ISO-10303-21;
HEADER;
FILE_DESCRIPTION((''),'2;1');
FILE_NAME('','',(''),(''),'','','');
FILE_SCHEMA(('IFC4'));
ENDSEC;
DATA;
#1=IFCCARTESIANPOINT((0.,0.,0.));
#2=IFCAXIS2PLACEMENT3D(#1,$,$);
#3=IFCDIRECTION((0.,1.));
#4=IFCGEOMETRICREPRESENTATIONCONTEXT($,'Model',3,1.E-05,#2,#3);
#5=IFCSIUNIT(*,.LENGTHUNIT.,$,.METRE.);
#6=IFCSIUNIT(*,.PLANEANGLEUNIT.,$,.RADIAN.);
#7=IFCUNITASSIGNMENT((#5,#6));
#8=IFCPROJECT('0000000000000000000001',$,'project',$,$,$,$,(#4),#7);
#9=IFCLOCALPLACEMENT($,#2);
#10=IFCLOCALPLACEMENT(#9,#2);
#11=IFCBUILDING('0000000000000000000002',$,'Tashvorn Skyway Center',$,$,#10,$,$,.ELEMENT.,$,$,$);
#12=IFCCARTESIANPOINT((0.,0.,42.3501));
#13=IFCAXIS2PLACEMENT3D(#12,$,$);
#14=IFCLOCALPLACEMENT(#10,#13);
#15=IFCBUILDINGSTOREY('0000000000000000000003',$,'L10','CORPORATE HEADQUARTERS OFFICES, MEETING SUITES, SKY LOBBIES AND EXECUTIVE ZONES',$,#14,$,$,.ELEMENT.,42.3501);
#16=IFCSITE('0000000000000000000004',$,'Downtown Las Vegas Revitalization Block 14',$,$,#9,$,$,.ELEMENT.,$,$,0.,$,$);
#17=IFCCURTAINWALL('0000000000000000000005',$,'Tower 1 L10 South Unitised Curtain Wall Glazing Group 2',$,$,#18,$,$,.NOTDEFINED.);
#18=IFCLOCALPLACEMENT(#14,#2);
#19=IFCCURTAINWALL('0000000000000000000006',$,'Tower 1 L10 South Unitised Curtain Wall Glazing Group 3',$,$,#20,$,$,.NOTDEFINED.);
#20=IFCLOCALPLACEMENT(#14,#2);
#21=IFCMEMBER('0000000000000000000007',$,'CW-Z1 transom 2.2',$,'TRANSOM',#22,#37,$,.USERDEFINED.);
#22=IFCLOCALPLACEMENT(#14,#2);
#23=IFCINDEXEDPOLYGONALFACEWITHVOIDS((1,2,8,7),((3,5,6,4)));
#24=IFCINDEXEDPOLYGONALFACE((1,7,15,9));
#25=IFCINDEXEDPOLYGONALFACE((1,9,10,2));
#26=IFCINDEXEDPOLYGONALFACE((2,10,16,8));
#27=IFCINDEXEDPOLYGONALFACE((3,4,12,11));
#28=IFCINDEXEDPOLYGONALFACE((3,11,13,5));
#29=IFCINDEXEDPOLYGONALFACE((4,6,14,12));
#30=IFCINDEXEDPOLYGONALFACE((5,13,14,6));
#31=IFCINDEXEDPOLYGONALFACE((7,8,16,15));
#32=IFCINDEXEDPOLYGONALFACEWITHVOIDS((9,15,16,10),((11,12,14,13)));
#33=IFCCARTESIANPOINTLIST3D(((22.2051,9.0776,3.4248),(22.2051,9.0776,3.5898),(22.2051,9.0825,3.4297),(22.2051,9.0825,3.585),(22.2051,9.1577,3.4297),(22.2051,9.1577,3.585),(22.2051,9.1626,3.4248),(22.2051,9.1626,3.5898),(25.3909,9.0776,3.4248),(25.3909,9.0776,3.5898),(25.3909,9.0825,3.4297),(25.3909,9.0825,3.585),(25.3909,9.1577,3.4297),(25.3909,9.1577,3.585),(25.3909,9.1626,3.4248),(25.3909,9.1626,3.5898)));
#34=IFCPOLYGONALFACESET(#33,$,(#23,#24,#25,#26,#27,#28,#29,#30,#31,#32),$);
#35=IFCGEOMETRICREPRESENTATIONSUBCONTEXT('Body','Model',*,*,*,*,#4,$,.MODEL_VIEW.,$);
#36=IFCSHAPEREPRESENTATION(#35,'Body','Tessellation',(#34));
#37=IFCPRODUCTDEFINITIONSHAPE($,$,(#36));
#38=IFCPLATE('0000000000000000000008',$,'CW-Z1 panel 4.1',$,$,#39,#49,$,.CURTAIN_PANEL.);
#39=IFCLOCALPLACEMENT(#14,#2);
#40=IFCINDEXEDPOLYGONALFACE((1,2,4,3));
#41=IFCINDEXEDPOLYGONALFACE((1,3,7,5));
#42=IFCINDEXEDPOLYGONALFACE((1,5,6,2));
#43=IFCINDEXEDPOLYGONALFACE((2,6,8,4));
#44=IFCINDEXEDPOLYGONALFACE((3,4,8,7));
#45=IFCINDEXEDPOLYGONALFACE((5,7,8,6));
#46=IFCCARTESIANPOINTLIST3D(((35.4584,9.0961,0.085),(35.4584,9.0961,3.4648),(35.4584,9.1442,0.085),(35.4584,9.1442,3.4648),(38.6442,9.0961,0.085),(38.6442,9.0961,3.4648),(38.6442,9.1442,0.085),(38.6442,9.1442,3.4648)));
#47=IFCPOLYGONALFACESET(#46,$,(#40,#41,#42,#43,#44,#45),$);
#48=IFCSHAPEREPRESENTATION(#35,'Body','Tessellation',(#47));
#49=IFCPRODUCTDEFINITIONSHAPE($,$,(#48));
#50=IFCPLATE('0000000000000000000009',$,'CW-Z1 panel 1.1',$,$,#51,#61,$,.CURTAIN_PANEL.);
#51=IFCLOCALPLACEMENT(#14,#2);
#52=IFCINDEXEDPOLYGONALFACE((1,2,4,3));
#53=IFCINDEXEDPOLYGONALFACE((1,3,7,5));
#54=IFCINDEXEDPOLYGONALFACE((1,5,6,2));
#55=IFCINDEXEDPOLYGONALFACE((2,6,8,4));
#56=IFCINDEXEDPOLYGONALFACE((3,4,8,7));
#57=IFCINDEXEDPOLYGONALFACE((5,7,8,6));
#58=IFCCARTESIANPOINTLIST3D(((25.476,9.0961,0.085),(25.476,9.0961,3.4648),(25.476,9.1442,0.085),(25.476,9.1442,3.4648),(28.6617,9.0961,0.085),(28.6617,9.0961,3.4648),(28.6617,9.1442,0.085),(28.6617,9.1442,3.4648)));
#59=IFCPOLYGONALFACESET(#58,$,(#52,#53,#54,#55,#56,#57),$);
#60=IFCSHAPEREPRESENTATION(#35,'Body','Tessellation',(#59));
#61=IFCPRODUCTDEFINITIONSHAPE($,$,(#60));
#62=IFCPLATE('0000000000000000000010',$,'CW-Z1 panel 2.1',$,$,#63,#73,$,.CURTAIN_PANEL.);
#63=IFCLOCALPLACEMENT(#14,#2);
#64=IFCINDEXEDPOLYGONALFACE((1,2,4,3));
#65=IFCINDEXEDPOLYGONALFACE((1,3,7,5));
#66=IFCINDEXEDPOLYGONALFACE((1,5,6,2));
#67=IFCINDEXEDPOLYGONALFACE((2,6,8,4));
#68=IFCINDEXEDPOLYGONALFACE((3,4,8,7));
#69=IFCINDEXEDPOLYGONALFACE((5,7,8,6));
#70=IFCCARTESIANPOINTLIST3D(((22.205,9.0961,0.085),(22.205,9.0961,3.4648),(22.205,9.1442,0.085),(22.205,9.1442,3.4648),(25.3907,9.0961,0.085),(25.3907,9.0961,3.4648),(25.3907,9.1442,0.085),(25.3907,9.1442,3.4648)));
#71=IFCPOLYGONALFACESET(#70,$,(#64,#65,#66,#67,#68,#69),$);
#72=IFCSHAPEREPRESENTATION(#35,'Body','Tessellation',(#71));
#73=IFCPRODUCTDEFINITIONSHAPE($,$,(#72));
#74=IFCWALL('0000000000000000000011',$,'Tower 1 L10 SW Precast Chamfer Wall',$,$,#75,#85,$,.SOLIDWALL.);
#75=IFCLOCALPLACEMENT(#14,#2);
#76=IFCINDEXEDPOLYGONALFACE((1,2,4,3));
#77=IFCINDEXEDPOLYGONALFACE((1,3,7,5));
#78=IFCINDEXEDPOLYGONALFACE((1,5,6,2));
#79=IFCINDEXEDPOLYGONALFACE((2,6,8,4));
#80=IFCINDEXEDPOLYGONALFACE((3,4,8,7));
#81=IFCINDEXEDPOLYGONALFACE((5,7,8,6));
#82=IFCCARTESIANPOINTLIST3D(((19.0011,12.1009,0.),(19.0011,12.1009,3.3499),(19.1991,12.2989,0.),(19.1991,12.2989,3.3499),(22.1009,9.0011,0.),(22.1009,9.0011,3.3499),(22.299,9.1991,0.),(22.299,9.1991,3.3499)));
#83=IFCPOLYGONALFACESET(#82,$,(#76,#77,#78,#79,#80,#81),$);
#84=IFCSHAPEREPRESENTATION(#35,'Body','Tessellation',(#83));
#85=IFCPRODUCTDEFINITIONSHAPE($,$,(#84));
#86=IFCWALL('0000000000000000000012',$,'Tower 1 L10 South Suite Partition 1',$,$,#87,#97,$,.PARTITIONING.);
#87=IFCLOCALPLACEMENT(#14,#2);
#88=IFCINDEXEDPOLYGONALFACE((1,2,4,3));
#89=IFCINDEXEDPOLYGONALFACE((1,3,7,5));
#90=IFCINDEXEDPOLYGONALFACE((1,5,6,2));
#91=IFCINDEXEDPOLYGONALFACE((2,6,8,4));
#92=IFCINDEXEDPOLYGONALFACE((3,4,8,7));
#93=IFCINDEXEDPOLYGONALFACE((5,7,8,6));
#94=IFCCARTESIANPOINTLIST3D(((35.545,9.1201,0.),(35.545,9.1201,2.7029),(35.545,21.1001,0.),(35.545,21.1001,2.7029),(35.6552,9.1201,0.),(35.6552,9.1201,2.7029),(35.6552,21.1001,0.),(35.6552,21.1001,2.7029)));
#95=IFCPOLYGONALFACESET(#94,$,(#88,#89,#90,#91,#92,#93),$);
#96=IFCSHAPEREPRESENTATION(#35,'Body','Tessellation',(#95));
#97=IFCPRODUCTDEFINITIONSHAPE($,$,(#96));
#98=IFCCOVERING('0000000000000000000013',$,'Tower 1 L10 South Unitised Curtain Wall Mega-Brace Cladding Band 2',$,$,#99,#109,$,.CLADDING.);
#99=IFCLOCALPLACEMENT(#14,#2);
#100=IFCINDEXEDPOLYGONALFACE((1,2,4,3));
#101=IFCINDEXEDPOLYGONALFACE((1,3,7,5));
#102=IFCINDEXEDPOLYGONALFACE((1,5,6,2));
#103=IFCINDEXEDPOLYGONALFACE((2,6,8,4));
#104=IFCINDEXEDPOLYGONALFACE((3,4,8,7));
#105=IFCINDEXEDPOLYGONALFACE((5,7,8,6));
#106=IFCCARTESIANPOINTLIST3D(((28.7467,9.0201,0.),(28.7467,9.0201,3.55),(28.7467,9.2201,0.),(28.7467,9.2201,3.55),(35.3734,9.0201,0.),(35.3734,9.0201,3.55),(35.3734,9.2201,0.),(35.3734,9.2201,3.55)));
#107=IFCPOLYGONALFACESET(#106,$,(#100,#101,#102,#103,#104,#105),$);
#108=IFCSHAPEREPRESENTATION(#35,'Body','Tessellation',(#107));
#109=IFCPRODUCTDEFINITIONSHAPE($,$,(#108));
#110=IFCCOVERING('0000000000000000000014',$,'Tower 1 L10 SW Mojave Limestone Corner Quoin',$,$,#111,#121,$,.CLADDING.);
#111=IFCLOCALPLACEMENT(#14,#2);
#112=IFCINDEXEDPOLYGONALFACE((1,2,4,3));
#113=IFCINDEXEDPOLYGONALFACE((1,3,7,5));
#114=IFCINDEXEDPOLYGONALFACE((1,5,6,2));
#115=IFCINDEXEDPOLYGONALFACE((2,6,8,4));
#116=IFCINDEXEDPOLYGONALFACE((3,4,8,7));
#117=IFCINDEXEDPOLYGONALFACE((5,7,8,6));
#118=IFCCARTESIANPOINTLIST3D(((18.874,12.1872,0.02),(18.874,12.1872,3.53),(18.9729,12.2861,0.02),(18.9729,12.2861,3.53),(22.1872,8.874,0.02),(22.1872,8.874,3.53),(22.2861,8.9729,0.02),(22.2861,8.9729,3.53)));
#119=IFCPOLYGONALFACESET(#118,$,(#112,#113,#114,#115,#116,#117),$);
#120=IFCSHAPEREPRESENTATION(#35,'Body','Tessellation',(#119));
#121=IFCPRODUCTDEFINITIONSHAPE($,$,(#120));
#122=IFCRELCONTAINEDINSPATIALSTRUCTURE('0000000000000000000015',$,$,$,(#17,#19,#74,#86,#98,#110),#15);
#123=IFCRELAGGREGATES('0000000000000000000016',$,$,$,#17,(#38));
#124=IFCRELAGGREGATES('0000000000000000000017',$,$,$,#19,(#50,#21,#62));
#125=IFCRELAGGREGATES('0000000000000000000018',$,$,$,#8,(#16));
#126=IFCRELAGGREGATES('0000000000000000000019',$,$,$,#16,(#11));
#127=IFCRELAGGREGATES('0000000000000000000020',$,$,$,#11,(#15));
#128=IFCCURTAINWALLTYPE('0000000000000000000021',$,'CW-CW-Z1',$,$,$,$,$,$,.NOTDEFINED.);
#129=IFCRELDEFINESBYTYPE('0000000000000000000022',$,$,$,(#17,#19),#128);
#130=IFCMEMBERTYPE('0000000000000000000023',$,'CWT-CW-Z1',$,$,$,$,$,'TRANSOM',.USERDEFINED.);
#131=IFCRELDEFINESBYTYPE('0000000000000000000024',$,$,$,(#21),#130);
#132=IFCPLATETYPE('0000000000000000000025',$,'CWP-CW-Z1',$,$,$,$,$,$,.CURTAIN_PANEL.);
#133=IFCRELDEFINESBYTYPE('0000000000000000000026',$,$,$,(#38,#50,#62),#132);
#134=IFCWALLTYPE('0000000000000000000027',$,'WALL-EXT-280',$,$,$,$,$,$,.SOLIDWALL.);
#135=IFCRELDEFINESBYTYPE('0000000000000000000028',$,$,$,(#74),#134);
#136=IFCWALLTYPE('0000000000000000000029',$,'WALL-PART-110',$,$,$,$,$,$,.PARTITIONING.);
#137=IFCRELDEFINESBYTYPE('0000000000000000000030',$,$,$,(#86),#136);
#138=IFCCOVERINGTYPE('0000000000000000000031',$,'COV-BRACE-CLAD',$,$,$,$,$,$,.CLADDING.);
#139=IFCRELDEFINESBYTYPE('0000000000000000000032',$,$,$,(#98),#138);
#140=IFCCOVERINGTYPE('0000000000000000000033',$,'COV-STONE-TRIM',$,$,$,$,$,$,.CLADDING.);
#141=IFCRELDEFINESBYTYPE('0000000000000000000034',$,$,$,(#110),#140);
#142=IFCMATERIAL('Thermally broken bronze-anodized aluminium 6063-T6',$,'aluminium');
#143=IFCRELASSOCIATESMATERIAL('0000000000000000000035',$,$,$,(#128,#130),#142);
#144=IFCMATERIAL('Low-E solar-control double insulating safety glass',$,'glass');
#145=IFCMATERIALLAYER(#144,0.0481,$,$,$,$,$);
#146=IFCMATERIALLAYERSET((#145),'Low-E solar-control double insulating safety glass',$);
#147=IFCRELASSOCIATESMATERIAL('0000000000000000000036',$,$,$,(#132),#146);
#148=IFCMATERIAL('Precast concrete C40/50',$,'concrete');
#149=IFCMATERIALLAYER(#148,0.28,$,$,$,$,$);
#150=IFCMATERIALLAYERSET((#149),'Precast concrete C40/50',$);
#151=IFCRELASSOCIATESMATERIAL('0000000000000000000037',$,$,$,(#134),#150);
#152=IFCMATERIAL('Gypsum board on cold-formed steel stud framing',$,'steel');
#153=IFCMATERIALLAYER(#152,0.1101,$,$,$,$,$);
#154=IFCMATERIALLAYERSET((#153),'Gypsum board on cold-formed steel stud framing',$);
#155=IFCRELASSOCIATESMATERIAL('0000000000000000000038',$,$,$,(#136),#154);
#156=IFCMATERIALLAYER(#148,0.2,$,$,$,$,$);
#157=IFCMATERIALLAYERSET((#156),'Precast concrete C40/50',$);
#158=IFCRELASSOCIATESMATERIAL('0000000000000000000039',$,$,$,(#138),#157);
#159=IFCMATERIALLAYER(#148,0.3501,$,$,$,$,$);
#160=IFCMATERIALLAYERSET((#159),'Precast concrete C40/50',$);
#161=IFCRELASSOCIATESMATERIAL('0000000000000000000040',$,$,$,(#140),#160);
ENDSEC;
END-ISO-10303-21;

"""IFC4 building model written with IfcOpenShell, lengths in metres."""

from ifc_helpers import new_model, si_unit, direction, frame, frame_2d, origin, origin_2d, place, context, subcontext, project, spatial, rectangle, hollow_rectangle, extrude, material, layer, layer_set, material_profile, profile_set, type_object, element, aggregate, save


model = new_model("IFC4")

# Units and contexts
model_context = context("Model", 3, precision=1e-05, world=origin(), true_north=direction((0.0, 1.0)))
body_context = subcontext(model_context, "Body", "Model", "MODEL_VIEW")
ifc_project = project(units=[si_unit("LENGTHUNIT", "METRE"), si_unit("PLANEANGLEUNIT", "RADIAN")], contexts=[model_context])

# Site, building, storey
site_placement = place(None, origin())
site = spatial("IfcSite", under=ifc_project, at=site_placement, Name="Downtown Las Vegas Revitalization Block 14", CompositionType="ELEMENT", RefElevation=0.0)
building_placement = place(site_placement, origin())
building = spatial("IfcBuilding", under=site, at=building_placement, Name="Tashvorn Skyway Center", CompositionType="ELEMENT")
storey_placement = place(building_placement, frame((0.0, 0.0, 42.3501)))
storey = spatial("IfcBuildingStorey", under=building, at=storey_placement, Name="L10", Description="CORPORATE HEADQUARTERS OFFICES, MEETING SUITES, SKY LOBBIES AND EXECUTIVE ZONES", CompositionType="ELEMENT", Elevation=42.3501)

# Curtain wall
ifc_material_1 = material(Name="Thermally broken bronze-anodized aluminium 6063-T6", Category="aluminium")
curtain_wall_type = type_object("IfcCurtainWallType", Name="CW-CW-Z1", PredefinedType="NOTDEFINED", material=ifc_material_1)
curtain_wall_1_placement = place(storey_placement, origin())
curtain_wall_1 = element("IfcCurtainWall", 1, at=curtain_wall_1_placement, inside=storey, type_object=curtain_wall_type, Name="Tower 1 L10 South Unitised Curtain Wall Glazing Group 2", PredefinedType="NOTDEFINED")

# Curtain wall, member
curtain_wall_2_placement = place(storey_placement, origin())
curtain_wall_2 = element("IfcCurtainWall", 2, at=curtain_wall_2_placement, inside=storey, type_object=curtain_wall_type, Name="Tower 1 L10 South Unitised Curtain Wall Glazing Group 3", PredefinedType="NOTDEFINED")
ifc_material_profile_1 = material_profile(ifc_material_1, hollow_rectangle(XDim=0.085, YDim=0.165, WallThickness=0.0049, at=origin_2d()), Name="ALU-TRAN-85x165")
ifc_profile_set_1 = profile_set([ifc_material_profile_1], Name="Thermally broken bronze-anodized aluminium 6063-T6")
member_type_1 = type_object("IfcMemberType", Name="CWT-CW-Z1", ElementType="TRANSOM", PredefinedType="USERDEFINED", material=ifc_profile_set_1)
member_1_placement = place(storey_placement, frame((25.3909, 9.1201, 3.5073), z_axis=(-1.0, 0.0, 0.0), x_axis=(0.0, -1.0, 0.0)))
member_1 = element("IfcMember", 3, at=member_1_placement, type_object=member_type_1, Name="CW-Z1 transom 2.2", ObjectType="TRANSOM", PredefinedType="USERDEFINED", context=body_context, shape_type="SweptSolid", body=[
    extrude(hollow_rectangle(XDim=0.085, YDim=0.165, WallThickness=0.0049, at=origin_2d()), origin(), (0.0, 0.0, 1.0), 3.1858),
])

# Plates
ifc_material_2 = material(Name="Low-E solar-control double insulating safety glass", Category="glass")
ifc_layer_1 = layer(ifc_material_2, 0.0481)
ifc_layer_set_1 = layer_set([ifc_layer_1], Name="Low-E solar-control double insulating safety glass")
plate_type = type_object("IfcPlateType", Name="CWP-CW-Z1", PredefinedType="CURTAIN_PANEL", material=ifc_layer_set_1)
plate_1_placement = place(storey_placement, frame((37.0513, 9.1201, 0.085), z_axis=(0.0, 0.0, 1.0), x_axis=(-1.0, 0.0, 0.0)))
plate_1 = element("IfcPlate", 4, at=plate_1_placement, type_object=plate_type, Name="CW-Z1 panel 4.1", PredefinedType="CURTAIN_PANEL", context=body_context, shape_type="SweptSolid", body=[
    extrude(rectangle(XDim=3.1858, YDim=0.0481, at=origin_2d()), origin(), (0.0, 0.0, 1.0), 3.3799),
])
aggregate(curtain_wall_1, [plate_1])
plate_2_placement = place(storey_placement, frame((27.0688, 9.1201, 0.085), z_axis=(0.0, 0.0, 1.0), x_axis=(-1.0, 0.0, 0.0)))
plate_2 = element("IfcPlate", 5, at=plate_2_placement, type_object=plate_type, Name="CW-Z1 panel 1.1", PredefinedType="CURTAIN_PANEL", context=body_context, shape_type="SweptSolid", body=[
    extrude(rectangle(XDim=3.1858, YDim=0.0481, at=origin_2d()), origin(), (0.0, 0.0, 1.0), 3.3799),
])
plate_3_placement = place(storey_placement, frame((23.7979, 9.1201, 0.085), z_axis=(0.0, 0.0, 1.0), x_axis=(-1.0, 0.0, 0.0)))
plate_3 = element("IfcPlate", 6, at=plate_3_placement, type_object=plate_type, Name="CW-Z1 panel 2.1", PredefinedType="CURTAIN_PANEL", context=body_context, shape_type="SweptSolid", body=[
    extrude(rectangle(XDim=3.1858, YDim=0.0481, at=origin_2d()), origin(), (0.0, 0.0, 1.0), 3.3799),
])
aggregate(curtain_wall_2, [plate_2, member_1, plate_3])

# Walls
ifc_material_3 = material(Name="Precast concrete C40/50", Category="concrete")
ifc_layer_2 = layer(ifc_material_3, 0.28)
ifc_layer_set_2 = layer_set([ifc_layer_2], Name="Precast concrete C40/50")
wall_type_1 = type_object("IfcWallType", Name="WALL-EXT-280", PredefinedType="SOLIDWALL", material=ifc_layer_set_2)
wall_1_placement = place(storey_placement, frame((22.2, 9.1001, 0.0), z_axis=(0.0, 0.0, 1.0), x_axis=(-0.707107, 0.707107, 0.0)))
element("IfcWall", 7, at=wall_1_placement, inside=storey, type_object=wall_type_1, Name="Tower 1 L10 SW Precast Chamfer Wall", PredefinedType="SOLIDWALL", context=body_context, shape_type="SweptSolid", body=[
    extrude(rectangle(XDim=4.3838, YDim=0.28, at=frame_2d((2.1919, 0.0))), origin(), (0.0, 0.0, 1.0), 3.3499),
])
ifc_material_4 = material(Name="Gypsum board on cold-formed steel stud framing", Category="steel")
ifc_layer_3 = layer(ifc_material_4, 0.1101)
ifc_layer_set_3 = layer_set([ifc_layer_3], Name="Gypsum board on cold-formed steel stud framing")
wall_type_2 = type_object("IfcWallType", Name="WALL-PART-110", PredefinedType="PARTITIONING", material=ifc_layer_set_3)
wall_2_placement = place(storey_placement, frame((35.6001, 9.1201, 0.0), z_axis=(0.0, 0.0, 1.0), x_axis=(0.0, 1.0, 0.0)))
element("IfcWall", 8, at=wall_2_placement, inside=storey, type_object=wall_type_2, Name="Tower 1 L10 South Suite Partition 1", PredefinedType="PARTITIONING", context=body_context, shape_type="SweptSolid", body=[
    extrude(rectangle(XDim=11.98, YDim=0.1101, at=frame_2d((5.99, 0.0))), origin(), (0.0, 0.0, 1.0), 2.7029),
])

# Coverings
ifc_layer_4 = layer(ifc_material_3, 0.2)
ifc_layer_set_4 = layer_set([ifc_layer_4], Name="Precast concrete C40/50")
covering_type_1 = type_object("IfcCoveringType", Name="COV-BRACE-CLAD", PredefinedType="CLADDING", material=ifc_layer_set_4)
covering_1_placement = place(storey_placement, frame((32.0601, 9.1201, 0.0), z_axis=(0.0, 0.0, 1.0), x_axis=(-1.0, 0.0, 0.0)))
element("IfcCovering", 9, at=covering_1_placement, inside=storey, type_object=covering_type_1, Name="Tower 1 L10 South Unitised Curtain Wall Mega-Brace Cladding Band 2", PredefinedType="CLADDING", context=body_context, shape_type="SweptSolid", body=[
    extrude(rectangle(XDim=6.6267, YDim=0.2, at=origin_2d()), origin(), (0.0, 0.0, 1.0), 3.55),
])
ifc_layer_5 = layer(ifc_material_3, 0.3501)
ifc_layer_set_5 = layer_set([ifc_layer_5], Name="Precast concrete C40/50")
covering_type_2 = type_object("IfcCoveringType", Name="COV-STONE-TRIM", PredefinedType="CLADDING", material=ifc_layer_set_5)
covering_2_placement = place(storey_placement, frame((20.5801, 10.5801, 0.02), z_axis=(0.0, 0.0, 1.0), x_axis=(-0.707107, 0.707107, 0.0)))
element("IfcCovering", 10, at=covering_2_placement, inside=storey, type_object=covering_type_2, Name="Tower 1 L10 SW Mojave Limestone Corner Quoin", PredefinedType="CLADDING", context=body_context, shape_type="SweptSolid", body=[
    extrude(rectangle(XDim=4.6855, YDim=0.1399, at=origin_2d()), origin(), (0.0, 0.0, 1.0), 3.51),
])

save(model, "model.ifc")
